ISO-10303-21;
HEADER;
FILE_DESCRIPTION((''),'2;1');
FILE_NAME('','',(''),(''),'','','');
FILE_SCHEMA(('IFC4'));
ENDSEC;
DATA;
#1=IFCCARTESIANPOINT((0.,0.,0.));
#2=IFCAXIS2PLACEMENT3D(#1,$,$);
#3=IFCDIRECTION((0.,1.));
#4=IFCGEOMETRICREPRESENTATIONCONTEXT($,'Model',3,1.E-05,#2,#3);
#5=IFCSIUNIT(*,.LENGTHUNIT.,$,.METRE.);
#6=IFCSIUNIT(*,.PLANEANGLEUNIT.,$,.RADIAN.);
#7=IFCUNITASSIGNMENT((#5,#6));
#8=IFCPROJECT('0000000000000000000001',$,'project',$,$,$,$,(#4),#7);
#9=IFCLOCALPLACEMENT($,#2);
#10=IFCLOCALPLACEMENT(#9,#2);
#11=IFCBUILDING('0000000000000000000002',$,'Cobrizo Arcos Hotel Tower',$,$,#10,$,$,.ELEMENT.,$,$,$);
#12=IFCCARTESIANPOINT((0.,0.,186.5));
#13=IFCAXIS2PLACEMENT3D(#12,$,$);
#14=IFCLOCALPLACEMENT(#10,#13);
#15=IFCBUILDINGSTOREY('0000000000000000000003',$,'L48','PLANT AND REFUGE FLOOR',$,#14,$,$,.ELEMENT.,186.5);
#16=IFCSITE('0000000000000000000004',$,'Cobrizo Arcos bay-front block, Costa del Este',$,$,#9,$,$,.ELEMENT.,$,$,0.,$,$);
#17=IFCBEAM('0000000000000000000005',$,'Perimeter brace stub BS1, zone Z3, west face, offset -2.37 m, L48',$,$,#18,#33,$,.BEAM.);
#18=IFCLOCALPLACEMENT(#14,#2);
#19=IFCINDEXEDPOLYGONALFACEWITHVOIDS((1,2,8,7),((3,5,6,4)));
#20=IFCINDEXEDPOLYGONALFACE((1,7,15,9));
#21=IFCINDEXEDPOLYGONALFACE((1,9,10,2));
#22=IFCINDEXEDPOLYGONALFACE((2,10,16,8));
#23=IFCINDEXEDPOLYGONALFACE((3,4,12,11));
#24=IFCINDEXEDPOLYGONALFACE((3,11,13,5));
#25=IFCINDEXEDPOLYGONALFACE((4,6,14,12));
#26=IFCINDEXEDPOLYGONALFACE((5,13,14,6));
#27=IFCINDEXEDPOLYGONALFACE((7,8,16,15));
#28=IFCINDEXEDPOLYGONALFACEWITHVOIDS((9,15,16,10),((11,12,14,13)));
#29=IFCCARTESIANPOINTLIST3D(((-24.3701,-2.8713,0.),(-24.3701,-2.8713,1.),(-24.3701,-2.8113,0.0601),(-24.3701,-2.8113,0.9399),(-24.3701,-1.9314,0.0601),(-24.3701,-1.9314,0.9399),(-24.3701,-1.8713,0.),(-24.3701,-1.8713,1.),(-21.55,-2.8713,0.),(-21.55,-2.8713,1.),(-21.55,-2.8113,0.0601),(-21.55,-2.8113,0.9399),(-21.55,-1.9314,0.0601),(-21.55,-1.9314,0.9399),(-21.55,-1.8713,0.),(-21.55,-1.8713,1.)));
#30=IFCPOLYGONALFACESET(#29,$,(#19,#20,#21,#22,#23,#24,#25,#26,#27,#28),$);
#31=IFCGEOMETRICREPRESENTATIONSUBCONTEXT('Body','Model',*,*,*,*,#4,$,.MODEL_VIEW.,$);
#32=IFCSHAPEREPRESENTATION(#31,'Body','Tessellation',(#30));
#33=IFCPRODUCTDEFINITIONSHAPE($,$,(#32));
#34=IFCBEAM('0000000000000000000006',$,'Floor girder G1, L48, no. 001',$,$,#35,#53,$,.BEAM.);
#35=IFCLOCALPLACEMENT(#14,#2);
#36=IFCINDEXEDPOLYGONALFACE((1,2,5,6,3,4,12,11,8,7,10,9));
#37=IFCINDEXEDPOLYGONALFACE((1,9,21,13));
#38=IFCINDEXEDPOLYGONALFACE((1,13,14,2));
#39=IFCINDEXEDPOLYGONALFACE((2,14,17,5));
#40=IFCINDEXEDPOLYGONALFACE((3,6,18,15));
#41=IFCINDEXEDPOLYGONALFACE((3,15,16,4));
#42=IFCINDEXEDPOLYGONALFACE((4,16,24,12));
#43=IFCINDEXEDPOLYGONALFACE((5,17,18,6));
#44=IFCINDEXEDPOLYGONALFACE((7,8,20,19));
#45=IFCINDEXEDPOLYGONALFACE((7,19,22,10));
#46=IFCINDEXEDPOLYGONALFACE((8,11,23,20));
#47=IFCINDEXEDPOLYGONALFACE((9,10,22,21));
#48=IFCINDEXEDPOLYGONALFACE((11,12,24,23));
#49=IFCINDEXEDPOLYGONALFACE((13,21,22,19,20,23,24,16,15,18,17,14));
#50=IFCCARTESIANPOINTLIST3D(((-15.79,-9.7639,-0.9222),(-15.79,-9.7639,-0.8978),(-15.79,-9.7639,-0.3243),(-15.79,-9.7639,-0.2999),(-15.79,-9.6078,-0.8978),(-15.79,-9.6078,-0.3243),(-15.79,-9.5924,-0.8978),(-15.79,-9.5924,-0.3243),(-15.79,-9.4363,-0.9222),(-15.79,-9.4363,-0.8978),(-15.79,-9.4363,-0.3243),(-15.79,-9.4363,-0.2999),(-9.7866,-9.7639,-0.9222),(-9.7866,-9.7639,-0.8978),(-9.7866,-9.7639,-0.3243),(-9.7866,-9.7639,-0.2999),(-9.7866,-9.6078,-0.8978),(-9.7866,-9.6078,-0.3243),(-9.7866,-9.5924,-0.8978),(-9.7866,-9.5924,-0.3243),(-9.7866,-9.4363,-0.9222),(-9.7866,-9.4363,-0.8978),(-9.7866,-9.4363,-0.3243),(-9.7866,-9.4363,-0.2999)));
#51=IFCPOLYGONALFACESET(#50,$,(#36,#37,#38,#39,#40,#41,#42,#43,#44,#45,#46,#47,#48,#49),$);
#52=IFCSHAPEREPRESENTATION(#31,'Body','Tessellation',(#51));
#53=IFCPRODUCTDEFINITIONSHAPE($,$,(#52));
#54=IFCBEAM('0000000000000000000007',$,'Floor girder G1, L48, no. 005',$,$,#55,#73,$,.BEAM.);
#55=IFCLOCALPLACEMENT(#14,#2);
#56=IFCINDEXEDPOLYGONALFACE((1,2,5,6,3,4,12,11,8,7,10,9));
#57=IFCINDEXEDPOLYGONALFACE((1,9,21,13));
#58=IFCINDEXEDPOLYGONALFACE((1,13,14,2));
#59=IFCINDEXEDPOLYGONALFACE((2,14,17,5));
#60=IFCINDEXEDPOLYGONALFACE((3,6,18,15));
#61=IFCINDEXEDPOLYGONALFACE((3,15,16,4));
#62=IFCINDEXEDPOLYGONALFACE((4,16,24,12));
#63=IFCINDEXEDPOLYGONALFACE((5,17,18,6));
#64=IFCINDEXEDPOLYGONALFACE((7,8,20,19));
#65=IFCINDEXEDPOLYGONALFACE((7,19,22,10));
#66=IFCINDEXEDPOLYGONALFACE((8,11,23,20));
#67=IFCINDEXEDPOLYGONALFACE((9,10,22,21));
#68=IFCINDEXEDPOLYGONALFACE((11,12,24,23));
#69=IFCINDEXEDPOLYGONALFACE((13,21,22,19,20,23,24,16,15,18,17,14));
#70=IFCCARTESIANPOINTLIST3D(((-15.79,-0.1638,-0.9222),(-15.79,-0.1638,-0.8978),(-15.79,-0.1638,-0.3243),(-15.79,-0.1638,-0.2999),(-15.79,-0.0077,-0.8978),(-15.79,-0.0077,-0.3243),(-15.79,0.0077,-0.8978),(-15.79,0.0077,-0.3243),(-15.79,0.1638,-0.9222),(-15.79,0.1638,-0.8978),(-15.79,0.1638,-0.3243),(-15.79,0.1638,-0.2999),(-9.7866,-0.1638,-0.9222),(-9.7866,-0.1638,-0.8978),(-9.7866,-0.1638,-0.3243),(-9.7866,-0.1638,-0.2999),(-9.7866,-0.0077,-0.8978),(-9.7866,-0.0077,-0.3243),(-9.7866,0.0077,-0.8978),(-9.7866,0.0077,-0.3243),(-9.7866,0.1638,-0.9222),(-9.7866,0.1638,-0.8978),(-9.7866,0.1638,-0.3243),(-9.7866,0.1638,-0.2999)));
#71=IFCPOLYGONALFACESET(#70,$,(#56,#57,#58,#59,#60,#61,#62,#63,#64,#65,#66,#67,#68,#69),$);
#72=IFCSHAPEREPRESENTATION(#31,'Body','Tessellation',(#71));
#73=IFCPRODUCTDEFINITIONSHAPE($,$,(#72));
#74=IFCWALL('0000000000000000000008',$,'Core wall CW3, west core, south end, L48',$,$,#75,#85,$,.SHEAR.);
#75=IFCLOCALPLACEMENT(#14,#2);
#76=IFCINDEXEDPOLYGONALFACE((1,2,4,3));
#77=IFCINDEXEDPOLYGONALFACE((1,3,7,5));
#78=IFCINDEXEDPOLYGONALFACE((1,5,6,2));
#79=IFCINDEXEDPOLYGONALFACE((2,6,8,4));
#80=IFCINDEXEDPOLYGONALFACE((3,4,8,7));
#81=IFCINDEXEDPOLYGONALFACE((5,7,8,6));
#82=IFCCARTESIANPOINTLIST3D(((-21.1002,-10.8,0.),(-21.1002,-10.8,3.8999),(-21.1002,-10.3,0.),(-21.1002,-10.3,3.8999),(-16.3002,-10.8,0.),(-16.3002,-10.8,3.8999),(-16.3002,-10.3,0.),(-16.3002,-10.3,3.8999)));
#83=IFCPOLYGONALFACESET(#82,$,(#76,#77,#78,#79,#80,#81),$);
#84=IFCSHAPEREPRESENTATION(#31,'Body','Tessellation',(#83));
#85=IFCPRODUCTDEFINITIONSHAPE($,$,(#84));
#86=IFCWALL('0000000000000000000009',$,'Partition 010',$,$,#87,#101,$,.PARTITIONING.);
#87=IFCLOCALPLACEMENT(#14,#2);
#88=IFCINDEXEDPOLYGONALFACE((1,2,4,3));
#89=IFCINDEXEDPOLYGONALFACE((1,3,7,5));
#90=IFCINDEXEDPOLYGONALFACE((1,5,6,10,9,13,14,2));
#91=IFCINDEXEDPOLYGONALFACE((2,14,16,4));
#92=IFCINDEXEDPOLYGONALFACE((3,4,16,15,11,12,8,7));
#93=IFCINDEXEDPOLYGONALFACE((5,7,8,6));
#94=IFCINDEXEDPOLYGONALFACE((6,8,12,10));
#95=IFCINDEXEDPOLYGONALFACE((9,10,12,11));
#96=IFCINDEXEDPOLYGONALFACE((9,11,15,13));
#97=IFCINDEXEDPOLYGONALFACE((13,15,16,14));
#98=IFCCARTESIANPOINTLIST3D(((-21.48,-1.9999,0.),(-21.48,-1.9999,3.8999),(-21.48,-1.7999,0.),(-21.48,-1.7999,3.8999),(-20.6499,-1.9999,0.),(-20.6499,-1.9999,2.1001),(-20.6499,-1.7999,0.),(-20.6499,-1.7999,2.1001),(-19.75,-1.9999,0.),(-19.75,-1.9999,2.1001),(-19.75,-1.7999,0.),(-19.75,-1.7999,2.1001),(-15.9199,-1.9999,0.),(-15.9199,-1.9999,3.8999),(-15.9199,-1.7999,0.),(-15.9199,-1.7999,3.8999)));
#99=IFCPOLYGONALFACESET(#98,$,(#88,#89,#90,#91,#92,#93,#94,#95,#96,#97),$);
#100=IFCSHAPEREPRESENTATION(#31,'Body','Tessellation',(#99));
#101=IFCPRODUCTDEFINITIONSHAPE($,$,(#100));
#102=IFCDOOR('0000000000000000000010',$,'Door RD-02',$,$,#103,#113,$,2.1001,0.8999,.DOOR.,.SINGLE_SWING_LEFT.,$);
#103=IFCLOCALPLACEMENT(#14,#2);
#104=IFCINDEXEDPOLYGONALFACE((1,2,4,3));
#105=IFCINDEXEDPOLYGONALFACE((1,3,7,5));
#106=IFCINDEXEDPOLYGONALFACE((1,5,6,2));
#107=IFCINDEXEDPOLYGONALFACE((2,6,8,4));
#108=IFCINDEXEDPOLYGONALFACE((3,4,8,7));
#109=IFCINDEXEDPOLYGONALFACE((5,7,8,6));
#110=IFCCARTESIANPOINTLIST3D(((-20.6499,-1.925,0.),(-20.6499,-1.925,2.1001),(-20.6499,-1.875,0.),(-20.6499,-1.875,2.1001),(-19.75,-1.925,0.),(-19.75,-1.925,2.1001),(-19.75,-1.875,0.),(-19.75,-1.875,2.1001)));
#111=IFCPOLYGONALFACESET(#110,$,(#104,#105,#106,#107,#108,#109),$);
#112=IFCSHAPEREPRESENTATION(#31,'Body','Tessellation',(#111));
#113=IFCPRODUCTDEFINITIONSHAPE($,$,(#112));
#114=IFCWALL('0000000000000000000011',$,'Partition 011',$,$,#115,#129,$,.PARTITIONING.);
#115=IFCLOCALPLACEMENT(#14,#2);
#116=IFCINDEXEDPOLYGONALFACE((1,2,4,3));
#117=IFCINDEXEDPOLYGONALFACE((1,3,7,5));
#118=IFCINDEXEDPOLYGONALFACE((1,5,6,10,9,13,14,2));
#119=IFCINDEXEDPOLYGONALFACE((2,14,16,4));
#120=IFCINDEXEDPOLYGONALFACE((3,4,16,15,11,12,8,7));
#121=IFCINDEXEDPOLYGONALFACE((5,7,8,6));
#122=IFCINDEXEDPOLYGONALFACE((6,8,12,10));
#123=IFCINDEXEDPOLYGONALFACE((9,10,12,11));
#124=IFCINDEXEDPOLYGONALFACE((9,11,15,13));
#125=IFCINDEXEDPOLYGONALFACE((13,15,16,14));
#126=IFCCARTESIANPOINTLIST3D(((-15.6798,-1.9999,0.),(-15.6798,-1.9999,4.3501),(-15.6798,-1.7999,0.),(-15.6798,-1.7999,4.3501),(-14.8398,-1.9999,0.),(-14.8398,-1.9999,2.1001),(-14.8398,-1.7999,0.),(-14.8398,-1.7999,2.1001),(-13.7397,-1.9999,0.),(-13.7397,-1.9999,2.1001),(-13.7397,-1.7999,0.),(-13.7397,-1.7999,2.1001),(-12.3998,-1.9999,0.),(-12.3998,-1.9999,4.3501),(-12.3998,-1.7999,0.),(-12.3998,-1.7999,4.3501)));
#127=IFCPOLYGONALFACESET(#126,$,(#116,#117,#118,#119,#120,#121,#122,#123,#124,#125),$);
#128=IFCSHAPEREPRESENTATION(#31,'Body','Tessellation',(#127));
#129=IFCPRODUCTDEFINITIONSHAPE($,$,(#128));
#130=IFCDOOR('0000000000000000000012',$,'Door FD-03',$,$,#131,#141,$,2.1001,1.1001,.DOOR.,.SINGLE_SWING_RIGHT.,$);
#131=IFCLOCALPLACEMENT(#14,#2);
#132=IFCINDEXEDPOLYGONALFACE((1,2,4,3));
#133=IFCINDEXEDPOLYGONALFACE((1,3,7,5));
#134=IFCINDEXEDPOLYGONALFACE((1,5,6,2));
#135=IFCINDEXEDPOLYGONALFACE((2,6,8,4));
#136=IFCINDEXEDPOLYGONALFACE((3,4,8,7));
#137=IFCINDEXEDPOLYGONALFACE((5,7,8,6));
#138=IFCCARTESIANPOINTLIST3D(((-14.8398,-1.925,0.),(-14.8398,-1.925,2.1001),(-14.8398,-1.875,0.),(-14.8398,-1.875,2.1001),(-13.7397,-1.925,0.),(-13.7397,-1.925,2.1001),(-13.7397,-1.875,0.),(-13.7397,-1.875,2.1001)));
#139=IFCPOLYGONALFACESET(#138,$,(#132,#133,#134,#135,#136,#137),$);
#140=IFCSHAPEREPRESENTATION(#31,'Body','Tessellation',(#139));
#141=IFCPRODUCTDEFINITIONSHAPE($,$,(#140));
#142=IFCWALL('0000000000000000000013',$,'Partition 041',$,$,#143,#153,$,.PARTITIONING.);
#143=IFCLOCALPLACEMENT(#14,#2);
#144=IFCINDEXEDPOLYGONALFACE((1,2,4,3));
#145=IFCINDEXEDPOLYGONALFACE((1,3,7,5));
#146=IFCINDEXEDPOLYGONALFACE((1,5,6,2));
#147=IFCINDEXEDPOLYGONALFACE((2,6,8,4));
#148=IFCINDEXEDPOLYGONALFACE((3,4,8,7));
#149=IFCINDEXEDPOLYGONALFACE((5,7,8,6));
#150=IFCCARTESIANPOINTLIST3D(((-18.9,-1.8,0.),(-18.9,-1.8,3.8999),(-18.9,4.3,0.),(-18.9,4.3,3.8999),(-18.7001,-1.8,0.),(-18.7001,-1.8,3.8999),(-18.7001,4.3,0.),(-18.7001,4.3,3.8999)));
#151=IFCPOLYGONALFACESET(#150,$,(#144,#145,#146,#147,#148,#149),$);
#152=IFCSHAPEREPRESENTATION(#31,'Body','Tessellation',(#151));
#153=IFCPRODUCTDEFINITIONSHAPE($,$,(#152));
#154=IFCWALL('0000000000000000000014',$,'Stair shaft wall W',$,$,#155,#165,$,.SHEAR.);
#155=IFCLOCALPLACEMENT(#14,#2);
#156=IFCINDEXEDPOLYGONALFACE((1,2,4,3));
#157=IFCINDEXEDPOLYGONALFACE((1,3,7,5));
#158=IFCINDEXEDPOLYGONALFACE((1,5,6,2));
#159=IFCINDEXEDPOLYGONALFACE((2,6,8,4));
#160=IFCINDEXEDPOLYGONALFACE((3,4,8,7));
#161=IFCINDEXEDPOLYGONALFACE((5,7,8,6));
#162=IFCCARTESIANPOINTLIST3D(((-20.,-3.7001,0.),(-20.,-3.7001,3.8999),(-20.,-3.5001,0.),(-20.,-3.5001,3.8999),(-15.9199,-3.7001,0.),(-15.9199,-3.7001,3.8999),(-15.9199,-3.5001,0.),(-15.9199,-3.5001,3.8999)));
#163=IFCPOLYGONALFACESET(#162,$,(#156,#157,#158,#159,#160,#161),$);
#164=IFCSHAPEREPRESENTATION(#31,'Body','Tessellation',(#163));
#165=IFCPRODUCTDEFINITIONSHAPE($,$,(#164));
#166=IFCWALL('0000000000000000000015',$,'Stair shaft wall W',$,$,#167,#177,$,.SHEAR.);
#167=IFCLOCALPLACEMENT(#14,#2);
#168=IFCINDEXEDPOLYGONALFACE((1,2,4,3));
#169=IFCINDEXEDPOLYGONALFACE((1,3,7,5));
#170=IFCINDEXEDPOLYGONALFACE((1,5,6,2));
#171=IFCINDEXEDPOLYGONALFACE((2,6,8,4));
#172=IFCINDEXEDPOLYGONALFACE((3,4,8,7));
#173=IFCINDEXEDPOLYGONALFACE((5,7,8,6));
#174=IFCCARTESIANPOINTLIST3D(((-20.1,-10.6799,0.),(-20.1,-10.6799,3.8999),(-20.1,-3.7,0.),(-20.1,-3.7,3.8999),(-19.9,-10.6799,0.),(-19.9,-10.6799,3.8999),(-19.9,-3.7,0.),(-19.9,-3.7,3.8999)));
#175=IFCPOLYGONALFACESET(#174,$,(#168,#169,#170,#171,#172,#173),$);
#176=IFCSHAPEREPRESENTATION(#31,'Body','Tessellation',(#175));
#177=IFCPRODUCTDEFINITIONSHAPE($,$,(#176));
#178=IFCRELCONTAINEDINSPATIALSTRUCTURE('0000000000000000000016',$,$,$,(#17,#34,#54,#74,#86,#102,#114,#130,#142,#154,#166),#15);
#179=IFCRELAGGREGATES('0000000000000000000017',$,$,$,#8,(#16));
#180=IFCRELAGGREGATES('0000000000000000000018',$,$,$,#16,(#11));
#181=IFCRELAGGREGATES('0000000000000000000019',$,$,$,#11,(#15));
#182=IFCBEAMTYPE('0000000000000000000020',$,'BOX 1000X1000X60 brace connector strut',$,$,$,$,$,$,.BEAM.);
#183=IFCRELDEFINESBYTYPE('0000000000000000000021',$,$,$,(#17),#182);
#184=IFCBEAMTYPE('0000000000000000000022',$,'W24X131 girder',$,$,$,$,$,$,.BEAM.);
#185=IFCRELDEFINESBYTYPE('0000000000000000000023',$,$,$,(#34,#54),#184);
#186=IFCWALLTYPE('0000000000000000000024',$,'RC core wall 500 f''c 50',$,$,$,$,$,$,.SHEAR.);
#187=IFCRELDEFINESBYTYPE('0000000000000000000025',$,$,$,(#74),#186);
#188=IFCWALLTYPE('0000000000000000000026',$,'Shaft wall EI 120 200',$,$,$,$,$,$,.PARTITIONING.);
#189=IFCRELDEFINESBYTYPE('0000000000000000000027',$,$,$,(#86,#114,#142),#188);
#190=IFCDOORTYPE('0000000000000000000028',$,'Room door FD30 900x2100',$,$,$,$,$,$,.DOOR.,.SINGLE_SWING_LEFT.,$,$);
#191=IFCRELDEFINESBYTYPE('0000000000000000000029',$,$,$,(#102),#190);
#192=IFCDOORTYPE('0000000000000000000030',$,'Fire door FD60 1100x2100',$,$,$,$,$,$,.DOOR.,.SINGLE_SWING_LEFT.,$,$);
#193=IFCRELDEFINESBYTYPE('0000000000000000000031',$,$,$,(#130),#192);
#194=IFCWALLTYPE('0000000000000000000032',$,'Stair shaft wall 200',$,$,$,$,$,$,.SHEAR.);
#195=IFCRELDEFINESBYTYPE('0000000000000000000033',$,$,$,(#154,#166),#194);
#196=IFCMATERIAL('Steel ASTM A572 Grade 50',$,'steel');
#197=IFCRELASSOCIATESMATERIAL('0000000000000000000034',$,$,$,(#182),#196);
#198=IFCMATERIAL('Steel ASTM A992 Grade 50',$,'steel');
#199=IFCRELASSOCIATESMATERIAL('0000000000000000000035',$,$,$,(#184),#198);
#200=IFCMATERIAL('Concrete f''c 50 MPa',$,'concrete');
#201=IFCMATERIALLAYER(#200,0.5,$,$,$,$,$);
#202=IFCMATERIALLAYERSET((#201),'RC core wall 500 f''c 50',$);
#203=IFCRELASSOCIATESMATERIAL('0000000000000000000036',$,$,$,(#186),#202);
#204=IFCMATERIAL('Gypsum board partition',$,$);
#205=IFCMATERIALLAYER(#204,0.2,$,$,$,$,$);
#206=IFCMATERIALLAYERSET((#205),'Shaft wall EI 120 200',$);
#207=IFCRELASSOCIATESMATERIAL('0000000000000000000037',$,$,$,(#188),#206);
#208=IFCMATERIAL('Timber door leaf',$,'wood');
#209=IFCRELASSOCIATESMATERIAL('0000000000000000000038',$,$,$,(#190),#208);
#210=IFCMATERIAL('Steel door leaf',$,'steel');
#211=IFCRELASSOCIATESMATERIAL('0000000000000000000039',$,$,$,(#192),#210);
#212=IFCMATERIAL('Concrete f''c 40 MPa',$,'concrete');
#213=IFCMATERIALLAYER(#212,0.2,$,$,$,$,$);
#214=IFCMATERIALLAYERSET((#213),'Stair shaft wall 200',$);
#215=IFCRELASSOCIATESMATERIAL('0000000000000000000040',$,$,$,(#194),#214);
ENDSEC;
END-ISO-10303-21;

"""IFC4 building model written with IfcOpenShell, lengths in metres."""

from ifc_helpers import new_model, si_unit, direction, frame, frame_2d, origin, origin_2d, place, context, subcontext, project, spatial, rectangle, hollow_rectangle, i_section, extrude, material, layer, layer_set, material_profile, profile_set, type_object, element, fill, save


model = new_model("IFC4")

# Units and contexts
model_context = context("Model", 3, precision=1e-05, world=origin(), true_north=direction((0.0, 1.0)))
body_context = subcontext(model_context, "Body", "Model", "MODEL_VIEW")
ifc_project = project(units=[si_unit("LENGTHUNIT", "METRE"), si_unit("PLANEANGLEUNIT", "RADIAN")], contexts=[model_context])

# Site, building, storey
site_placement = place(None, origin())
site = spatial("IfcSite", under=ifc_project, at=site_placement, Name="Cobrizo Arcos bay-front block, Costa del Este", CompositionType="ELEMENT", RefElevation=0.0)
building_placement = place(site_placement, origin())
building = spatial("IfcBuilding", under=site, at=building_placement, Name="Cobrizo Arcos Hotel Tower", CompositionType="ELEMENT")
storey_placement = place(building_placement, frame((0.0, 0.0, 186.5)))
storey = spatial("IfcBuildingStorey", under=building, at=storey_placement, Name="L48", Description="PLANT AND REFUGE FLOOR", CompositionType="ELEMENT", Elevation=186.5)

# Beams
ifc_material_1 = material(Name="Steel ASTM A572 Grade 50", Category="steel")
ifc_material_profile_1 = material_profile(ifc_material_1, hollow_rectangle(XDim=1.0, YDim=1.0, WallThickness=0.0601, at=origin_2d()), Name="BOX 1000X1000X60")
ifc_profile_set_1 = profile_set([ifc_material_profile_1], Name="Steel ASTM A572 Grade 50")
beam_type_1 = type_object("IfcBeamType", Name="BOX 1000X1000X60 brace connector strut", PredefinedType="BEAM", material=ifc_profile_set_1)
beam_placement = place(storey_placement, frame((-21.55, -2.3713, 0.5), z_axis=(-1.0, 0.0, 0.0), x_axis=(0.0, -1.0, 0.0)))
element("IfcBeam", 1, at=beam_placement, inside=storey, type_object=beam_type_1, Name="Perimeter brace stub BS1, zone Z3, west face, offset -2.37 m, L48", PredefinedType="BEAM", context=body_context, shape_type="SweptSolid", body=[
    extrude(hollow_rectangle(XDim=1.0, YDim=1.0, WallThickness=0.0601, at=origin_2d()), origin(), (0.0, 0.0, 1.0), 2.8201),
])
ifc_material_2 = material(Name="Steel ASTM A992 Grade 50", Category="steel")
ifc_material_profile_2 = material_profile(ifc_material_2, i_section(OverallWidth=0.3276, OverallDepth=0.6223, WebThickness=0.0154, FlangeThickness=0.0244, at=origin_2d()), Name="W24X131")
ifc_profile_set_2 = profile_set([ifc_material_profile_2], Name="Steel ASTM A992 Grade 50")
beam_type_2 = type_object("IfcBeamType", Name="W24X131 girder", PredefinedType="BEAM", material=ifc_profile_set_2)
for number, where, z_axis, x_axis, name in (
    (2, (-15.79, -9.6001, -0.6111), (1.0, 0.0, 0.0), (0.0, 1.0, 0.0), "Floor girder G1, L48, no. 001"),
    (3, (-15.79, 0.0, -0.6111), (1.0, 0.0, 0.0), (0.0, 1.0, 0.0), "Floor girder G1, L48, no. 005"),
):
    element("IfcBeam", number, at=place(storey_placement, frame(where, z_axis=z_axis, x_axis=x_axis)), inside=storey, type_object=beam_type_2, Name=name, PredefinedType="BEAM", context=body_context, shape_type="SweptSolid", body=[
        extrude(i_section(OverallWidth=0.3276, OverallDepth=0.6223, WebThickness=0.0154, FlangeThickness=0.0244, at=origin_2d()), origin(), (0.0, 0.0, 1.0), 6.0034),
    ])

# Wall
ifc_material_3 = material(Name="Concrete f'c 50 MPa", Category="concrete")
ifc_layer_1 = layer(ifc_material_3, 0.5)
ifc_layer_set_1 = layer_set([ifc_layer_1], Name="RC core wall 500 f'c 50")
wall_type_1 = type_object("IfcWallType", Name="RC core wall 500 f'c 50", PredefinedType="SHEAR", material=ifc_layer_set_1)
wall_1_placement = place(storey_placement, frame((-21.1001, -10.55, 0.0), z_axis=(0.0, 0.0, 1.0), x_axis=(1.0, 0.0, 0.0)))
element("IfcWall", 4, at=wall_1_placement, inside=storey, type_object=wall_type_1, Name="Core wall CW3, west core, south end, L48", PredefinedType="SHEAR", context=body_context, shape_type="SweptSolid", body=[
    extrude(rectangle(XDim=4.8, YDim=0.5, at=frame_2d((2.3999, 0.0))), origin(), (0.0, 0.0, 1.0), 3.8999),
])

# Walls, openings, doors
ifc_material_4 = material(Name="Gypsum board partition")
ifc_layer_2 = layer(ifc_material_4, 0.2)
ifc_layer_set_2 = layer_set([ifc_layer_2], Name="Shaft wall EI 120 200")
wall_type_2 = type_object("IfcWallType", Name="Shaft wall EI 120 200", PredefinedType="PARTITIONING", material=ifc_layer_set_2)
wall_2_placement = place(storey_placement, frame((-21.48, -1.8999, 0.0), z_axis=(0.0, 0.0, 1.0), x_axis=(1.0, 0.0, 0.0)))
wall_2 = element("IfcWall", 5, at=wall_2_placement, inside=storey, type_object=wall_type_2, Name="Partition 010", PredefinedType="PARTITIONING", context=body_context, shape_type="SweptSolid", body=[
    extrude(rectangle(XDim=5.5601, YDim=0.2, at=frame_2d((2.78, 0.0))), origin(), (0.0, 0.0, 1.0), 3.8999),
])
opening_1_placement = place(wall_2_placement, frame((0.8301, 0.0, 0.0)))
opening_1 = element("IfcOpeningElement", 6, at=opening_1_placement, cuts=wall_2, PredefinedType="OPENING", context=body_context, shape_type="SweptSolid", body=[
    extrude(rectangle(XDim=0.8999, YDim=2.1001, at=frame_2d((0.45, 1.05))), frame((0.0, 0.1121, 0.0), z_axis=(0.0, -1.0, 0.0), x_axis=(1.0, 0.0, 0.0)), (0.0, 0.0, 1.0), 0.2239),
])
ifc_material_5 = material(Name="Timber door leaf", Category="wood")
door_type_1 = type_object("IfcDoorType", Name="Room door FD30 900x2100", OperationType="SINGLE_SWING_LEFT", PredefinedType="DOOR", material=ifc_material_5)
door_1_placement = place(opening_1_placement, origin())
door_1 = element("IfcDoor", 7, at=door_1_placement, inside=storey, type_object=door_type_1, Name="Door RD-02", OperationType="SINGLE_SWING_LEFT", OverallHeight=2.1001, OverallWidth=0.8999, PredefinedType="DOOR", context=body_context, shape_type="SweptSolid", body=[
    extrude(rectangle(XDim=0.8999, YDim=2.1001, at=frame_2d((0.45, 1.05))), frame((0.0, 0.0249, 0.0), z_axis=(0.0, -1.0, 0.0), x_axis=(1.0, 0.0, 0.0)), (0.0, 0.0, 1.0), 0.05),
])
fill(opening_1, door_1)
wall_3_placement = place(storey_placement, frame((-15.6799, -1.8999, 0.0), z_axis=(0.0, 0.0, 1.0), x_axis=(1.0, 0.0, 0.0)))
wall_3 = element("IfcWall", 8, at=wall_3_placement, inside=storey, type_object=wall_type_2, Name="Partition 011", PredefinedType="PARTITIONING", context=body_context, shape_type="SweptSolid", body=[
    extrude(rectangle(XDim=3.28, YDim=0.2, at=frame_2d((1.6401, 0.0))), origin(), (0.0, 0.0, 1.0), 4.3501),
])
opening_2_placement = place(wall_3_placement, frame((0.8401, 0.0, 0.0)))
opening_2 = element("IfcOpeningElement", 9, at=opening_2_placement, cuts=wall_3, PredefinedType="OPENING", context=body_context, shape_type="SweptSolid", body=[
    extrude(rectangle(XDim=1.1001, YDim=2.1001, at=frame_2d((0.55, 1.05))), frame((0.0, 0.1121, 0.0), z_axis=(0.0, -1.0, 0.0), x_axis=(1.0, 0.0, 0.0)), (0.0, 0.0, 1.0), 0.2239),
])
ifc_material_6 = material(Name="Steel door leaf", Category="steel")
door_type_2 = type_object("IfcDoorType", Name="Fire door FD60 1100x2100", OperationType="SINGLE_SWING_LEFT", PredefinedType="DOOR", material=ifc_material_6)
door_2_placement = place(opening_2_placement, origin())
door_2 = element("IfcDoor", 10, at=door_2_placement, inside=storey, type_object=door_type_2, Name="Door FD-03", OperationType="SINGLE_SWING_RIGHT", OverallHeight=2.1001, OverallWidth=1.1001, PredefinedType="DOOR", context=body_context, shape_type="SweptSolid", body=[
    extrude(rectangle(XDim=1.1001, YDim=2.1001, at=frame_2d((0.55, 1.05))), frame((0.0, 0.0249, 0.0), z_axis=(0.0, -1.0, 0.0), x_axis=(1.0, 0.0, 0.0)), (0.0, 0.0, 1.0), 0.05),
])
fill(opening_2, door_2)

# Walls
wall_4_placement = place(storey_placement, frame((-18.8, -1.8, 0.0), z_axis=(0.0, 0.0, 1.0), x_axis=(0.0, 1.0, 0.0)))
element("IfcWall", 11, at=wall_4_placement, inside=storey, type_object=wall_type_2, Name="Partition 041", PredefinedType="PARTITIONING", context=body_context, shape_type="SweptSolid", body=[
    extrude(rectangle(XDim=6.1001, YDim=0.2, at=frame_2d((3.05, 0.0))), origin(), (0.0, 0.0, 1.0), 3.8999),
])
ifc_material_7 = material(Name="Concrete f'c 40 MPa", Category="concrete")
ifc_layer_3 = layer(ifc_material_7, 0.2)
ifc_layer_set_3 = layer_set([ifc_layer_3], Name="Stair shaft wall 200")
wall_type_3 = type_object("IfcWallType", Name="Stair shaft wall 200", PredefinedType="SHEAR", material=ifc_layer_set_3)
wall_5_placement = place(storey_placement, frame((-20.0, -3.6001, 0.0), z_axis=(0.0, 0.0, 1.0), x_axis=(1.0, 0.0, 0.0)))
element("IfcWall", 12, at=wall_5_placement, inside=storey, type_object=wall_type_3, Name="Stair shaft wall W", PredefinedType="SHEAR", context=body_context, shape_type="SweptSolid", body=[
    extrude(rectangle(XDim=4.0801, YDim=0.2, at=frame_2d((2.04, 0.0))), origin(), (0.0, 0.0, 1.0), 3.8999),
])
wall_6_placement = place(storey_placement, frame((-20.0, -10.6799, 0.0), z_axis=(0.0, 0.0, 1.0), x_axis=(0.0, 1.0, 0.0)))
element("IfcWall", 13, at=wall_6_placement, inside=storey, type_object=wall_type_3, Name="Stair shaft wall W", PredefinedType="SHEAR", context=body_context, shape_type="SweptSolid", body=[
    extrude(rectangle(XDim=6.98, YDim=0.2, at=frame_2d((3.49, 0.0))), origin(), (0.0, 0.0, 1.0), 3.8999),
])

save(model, "model.ifc")
